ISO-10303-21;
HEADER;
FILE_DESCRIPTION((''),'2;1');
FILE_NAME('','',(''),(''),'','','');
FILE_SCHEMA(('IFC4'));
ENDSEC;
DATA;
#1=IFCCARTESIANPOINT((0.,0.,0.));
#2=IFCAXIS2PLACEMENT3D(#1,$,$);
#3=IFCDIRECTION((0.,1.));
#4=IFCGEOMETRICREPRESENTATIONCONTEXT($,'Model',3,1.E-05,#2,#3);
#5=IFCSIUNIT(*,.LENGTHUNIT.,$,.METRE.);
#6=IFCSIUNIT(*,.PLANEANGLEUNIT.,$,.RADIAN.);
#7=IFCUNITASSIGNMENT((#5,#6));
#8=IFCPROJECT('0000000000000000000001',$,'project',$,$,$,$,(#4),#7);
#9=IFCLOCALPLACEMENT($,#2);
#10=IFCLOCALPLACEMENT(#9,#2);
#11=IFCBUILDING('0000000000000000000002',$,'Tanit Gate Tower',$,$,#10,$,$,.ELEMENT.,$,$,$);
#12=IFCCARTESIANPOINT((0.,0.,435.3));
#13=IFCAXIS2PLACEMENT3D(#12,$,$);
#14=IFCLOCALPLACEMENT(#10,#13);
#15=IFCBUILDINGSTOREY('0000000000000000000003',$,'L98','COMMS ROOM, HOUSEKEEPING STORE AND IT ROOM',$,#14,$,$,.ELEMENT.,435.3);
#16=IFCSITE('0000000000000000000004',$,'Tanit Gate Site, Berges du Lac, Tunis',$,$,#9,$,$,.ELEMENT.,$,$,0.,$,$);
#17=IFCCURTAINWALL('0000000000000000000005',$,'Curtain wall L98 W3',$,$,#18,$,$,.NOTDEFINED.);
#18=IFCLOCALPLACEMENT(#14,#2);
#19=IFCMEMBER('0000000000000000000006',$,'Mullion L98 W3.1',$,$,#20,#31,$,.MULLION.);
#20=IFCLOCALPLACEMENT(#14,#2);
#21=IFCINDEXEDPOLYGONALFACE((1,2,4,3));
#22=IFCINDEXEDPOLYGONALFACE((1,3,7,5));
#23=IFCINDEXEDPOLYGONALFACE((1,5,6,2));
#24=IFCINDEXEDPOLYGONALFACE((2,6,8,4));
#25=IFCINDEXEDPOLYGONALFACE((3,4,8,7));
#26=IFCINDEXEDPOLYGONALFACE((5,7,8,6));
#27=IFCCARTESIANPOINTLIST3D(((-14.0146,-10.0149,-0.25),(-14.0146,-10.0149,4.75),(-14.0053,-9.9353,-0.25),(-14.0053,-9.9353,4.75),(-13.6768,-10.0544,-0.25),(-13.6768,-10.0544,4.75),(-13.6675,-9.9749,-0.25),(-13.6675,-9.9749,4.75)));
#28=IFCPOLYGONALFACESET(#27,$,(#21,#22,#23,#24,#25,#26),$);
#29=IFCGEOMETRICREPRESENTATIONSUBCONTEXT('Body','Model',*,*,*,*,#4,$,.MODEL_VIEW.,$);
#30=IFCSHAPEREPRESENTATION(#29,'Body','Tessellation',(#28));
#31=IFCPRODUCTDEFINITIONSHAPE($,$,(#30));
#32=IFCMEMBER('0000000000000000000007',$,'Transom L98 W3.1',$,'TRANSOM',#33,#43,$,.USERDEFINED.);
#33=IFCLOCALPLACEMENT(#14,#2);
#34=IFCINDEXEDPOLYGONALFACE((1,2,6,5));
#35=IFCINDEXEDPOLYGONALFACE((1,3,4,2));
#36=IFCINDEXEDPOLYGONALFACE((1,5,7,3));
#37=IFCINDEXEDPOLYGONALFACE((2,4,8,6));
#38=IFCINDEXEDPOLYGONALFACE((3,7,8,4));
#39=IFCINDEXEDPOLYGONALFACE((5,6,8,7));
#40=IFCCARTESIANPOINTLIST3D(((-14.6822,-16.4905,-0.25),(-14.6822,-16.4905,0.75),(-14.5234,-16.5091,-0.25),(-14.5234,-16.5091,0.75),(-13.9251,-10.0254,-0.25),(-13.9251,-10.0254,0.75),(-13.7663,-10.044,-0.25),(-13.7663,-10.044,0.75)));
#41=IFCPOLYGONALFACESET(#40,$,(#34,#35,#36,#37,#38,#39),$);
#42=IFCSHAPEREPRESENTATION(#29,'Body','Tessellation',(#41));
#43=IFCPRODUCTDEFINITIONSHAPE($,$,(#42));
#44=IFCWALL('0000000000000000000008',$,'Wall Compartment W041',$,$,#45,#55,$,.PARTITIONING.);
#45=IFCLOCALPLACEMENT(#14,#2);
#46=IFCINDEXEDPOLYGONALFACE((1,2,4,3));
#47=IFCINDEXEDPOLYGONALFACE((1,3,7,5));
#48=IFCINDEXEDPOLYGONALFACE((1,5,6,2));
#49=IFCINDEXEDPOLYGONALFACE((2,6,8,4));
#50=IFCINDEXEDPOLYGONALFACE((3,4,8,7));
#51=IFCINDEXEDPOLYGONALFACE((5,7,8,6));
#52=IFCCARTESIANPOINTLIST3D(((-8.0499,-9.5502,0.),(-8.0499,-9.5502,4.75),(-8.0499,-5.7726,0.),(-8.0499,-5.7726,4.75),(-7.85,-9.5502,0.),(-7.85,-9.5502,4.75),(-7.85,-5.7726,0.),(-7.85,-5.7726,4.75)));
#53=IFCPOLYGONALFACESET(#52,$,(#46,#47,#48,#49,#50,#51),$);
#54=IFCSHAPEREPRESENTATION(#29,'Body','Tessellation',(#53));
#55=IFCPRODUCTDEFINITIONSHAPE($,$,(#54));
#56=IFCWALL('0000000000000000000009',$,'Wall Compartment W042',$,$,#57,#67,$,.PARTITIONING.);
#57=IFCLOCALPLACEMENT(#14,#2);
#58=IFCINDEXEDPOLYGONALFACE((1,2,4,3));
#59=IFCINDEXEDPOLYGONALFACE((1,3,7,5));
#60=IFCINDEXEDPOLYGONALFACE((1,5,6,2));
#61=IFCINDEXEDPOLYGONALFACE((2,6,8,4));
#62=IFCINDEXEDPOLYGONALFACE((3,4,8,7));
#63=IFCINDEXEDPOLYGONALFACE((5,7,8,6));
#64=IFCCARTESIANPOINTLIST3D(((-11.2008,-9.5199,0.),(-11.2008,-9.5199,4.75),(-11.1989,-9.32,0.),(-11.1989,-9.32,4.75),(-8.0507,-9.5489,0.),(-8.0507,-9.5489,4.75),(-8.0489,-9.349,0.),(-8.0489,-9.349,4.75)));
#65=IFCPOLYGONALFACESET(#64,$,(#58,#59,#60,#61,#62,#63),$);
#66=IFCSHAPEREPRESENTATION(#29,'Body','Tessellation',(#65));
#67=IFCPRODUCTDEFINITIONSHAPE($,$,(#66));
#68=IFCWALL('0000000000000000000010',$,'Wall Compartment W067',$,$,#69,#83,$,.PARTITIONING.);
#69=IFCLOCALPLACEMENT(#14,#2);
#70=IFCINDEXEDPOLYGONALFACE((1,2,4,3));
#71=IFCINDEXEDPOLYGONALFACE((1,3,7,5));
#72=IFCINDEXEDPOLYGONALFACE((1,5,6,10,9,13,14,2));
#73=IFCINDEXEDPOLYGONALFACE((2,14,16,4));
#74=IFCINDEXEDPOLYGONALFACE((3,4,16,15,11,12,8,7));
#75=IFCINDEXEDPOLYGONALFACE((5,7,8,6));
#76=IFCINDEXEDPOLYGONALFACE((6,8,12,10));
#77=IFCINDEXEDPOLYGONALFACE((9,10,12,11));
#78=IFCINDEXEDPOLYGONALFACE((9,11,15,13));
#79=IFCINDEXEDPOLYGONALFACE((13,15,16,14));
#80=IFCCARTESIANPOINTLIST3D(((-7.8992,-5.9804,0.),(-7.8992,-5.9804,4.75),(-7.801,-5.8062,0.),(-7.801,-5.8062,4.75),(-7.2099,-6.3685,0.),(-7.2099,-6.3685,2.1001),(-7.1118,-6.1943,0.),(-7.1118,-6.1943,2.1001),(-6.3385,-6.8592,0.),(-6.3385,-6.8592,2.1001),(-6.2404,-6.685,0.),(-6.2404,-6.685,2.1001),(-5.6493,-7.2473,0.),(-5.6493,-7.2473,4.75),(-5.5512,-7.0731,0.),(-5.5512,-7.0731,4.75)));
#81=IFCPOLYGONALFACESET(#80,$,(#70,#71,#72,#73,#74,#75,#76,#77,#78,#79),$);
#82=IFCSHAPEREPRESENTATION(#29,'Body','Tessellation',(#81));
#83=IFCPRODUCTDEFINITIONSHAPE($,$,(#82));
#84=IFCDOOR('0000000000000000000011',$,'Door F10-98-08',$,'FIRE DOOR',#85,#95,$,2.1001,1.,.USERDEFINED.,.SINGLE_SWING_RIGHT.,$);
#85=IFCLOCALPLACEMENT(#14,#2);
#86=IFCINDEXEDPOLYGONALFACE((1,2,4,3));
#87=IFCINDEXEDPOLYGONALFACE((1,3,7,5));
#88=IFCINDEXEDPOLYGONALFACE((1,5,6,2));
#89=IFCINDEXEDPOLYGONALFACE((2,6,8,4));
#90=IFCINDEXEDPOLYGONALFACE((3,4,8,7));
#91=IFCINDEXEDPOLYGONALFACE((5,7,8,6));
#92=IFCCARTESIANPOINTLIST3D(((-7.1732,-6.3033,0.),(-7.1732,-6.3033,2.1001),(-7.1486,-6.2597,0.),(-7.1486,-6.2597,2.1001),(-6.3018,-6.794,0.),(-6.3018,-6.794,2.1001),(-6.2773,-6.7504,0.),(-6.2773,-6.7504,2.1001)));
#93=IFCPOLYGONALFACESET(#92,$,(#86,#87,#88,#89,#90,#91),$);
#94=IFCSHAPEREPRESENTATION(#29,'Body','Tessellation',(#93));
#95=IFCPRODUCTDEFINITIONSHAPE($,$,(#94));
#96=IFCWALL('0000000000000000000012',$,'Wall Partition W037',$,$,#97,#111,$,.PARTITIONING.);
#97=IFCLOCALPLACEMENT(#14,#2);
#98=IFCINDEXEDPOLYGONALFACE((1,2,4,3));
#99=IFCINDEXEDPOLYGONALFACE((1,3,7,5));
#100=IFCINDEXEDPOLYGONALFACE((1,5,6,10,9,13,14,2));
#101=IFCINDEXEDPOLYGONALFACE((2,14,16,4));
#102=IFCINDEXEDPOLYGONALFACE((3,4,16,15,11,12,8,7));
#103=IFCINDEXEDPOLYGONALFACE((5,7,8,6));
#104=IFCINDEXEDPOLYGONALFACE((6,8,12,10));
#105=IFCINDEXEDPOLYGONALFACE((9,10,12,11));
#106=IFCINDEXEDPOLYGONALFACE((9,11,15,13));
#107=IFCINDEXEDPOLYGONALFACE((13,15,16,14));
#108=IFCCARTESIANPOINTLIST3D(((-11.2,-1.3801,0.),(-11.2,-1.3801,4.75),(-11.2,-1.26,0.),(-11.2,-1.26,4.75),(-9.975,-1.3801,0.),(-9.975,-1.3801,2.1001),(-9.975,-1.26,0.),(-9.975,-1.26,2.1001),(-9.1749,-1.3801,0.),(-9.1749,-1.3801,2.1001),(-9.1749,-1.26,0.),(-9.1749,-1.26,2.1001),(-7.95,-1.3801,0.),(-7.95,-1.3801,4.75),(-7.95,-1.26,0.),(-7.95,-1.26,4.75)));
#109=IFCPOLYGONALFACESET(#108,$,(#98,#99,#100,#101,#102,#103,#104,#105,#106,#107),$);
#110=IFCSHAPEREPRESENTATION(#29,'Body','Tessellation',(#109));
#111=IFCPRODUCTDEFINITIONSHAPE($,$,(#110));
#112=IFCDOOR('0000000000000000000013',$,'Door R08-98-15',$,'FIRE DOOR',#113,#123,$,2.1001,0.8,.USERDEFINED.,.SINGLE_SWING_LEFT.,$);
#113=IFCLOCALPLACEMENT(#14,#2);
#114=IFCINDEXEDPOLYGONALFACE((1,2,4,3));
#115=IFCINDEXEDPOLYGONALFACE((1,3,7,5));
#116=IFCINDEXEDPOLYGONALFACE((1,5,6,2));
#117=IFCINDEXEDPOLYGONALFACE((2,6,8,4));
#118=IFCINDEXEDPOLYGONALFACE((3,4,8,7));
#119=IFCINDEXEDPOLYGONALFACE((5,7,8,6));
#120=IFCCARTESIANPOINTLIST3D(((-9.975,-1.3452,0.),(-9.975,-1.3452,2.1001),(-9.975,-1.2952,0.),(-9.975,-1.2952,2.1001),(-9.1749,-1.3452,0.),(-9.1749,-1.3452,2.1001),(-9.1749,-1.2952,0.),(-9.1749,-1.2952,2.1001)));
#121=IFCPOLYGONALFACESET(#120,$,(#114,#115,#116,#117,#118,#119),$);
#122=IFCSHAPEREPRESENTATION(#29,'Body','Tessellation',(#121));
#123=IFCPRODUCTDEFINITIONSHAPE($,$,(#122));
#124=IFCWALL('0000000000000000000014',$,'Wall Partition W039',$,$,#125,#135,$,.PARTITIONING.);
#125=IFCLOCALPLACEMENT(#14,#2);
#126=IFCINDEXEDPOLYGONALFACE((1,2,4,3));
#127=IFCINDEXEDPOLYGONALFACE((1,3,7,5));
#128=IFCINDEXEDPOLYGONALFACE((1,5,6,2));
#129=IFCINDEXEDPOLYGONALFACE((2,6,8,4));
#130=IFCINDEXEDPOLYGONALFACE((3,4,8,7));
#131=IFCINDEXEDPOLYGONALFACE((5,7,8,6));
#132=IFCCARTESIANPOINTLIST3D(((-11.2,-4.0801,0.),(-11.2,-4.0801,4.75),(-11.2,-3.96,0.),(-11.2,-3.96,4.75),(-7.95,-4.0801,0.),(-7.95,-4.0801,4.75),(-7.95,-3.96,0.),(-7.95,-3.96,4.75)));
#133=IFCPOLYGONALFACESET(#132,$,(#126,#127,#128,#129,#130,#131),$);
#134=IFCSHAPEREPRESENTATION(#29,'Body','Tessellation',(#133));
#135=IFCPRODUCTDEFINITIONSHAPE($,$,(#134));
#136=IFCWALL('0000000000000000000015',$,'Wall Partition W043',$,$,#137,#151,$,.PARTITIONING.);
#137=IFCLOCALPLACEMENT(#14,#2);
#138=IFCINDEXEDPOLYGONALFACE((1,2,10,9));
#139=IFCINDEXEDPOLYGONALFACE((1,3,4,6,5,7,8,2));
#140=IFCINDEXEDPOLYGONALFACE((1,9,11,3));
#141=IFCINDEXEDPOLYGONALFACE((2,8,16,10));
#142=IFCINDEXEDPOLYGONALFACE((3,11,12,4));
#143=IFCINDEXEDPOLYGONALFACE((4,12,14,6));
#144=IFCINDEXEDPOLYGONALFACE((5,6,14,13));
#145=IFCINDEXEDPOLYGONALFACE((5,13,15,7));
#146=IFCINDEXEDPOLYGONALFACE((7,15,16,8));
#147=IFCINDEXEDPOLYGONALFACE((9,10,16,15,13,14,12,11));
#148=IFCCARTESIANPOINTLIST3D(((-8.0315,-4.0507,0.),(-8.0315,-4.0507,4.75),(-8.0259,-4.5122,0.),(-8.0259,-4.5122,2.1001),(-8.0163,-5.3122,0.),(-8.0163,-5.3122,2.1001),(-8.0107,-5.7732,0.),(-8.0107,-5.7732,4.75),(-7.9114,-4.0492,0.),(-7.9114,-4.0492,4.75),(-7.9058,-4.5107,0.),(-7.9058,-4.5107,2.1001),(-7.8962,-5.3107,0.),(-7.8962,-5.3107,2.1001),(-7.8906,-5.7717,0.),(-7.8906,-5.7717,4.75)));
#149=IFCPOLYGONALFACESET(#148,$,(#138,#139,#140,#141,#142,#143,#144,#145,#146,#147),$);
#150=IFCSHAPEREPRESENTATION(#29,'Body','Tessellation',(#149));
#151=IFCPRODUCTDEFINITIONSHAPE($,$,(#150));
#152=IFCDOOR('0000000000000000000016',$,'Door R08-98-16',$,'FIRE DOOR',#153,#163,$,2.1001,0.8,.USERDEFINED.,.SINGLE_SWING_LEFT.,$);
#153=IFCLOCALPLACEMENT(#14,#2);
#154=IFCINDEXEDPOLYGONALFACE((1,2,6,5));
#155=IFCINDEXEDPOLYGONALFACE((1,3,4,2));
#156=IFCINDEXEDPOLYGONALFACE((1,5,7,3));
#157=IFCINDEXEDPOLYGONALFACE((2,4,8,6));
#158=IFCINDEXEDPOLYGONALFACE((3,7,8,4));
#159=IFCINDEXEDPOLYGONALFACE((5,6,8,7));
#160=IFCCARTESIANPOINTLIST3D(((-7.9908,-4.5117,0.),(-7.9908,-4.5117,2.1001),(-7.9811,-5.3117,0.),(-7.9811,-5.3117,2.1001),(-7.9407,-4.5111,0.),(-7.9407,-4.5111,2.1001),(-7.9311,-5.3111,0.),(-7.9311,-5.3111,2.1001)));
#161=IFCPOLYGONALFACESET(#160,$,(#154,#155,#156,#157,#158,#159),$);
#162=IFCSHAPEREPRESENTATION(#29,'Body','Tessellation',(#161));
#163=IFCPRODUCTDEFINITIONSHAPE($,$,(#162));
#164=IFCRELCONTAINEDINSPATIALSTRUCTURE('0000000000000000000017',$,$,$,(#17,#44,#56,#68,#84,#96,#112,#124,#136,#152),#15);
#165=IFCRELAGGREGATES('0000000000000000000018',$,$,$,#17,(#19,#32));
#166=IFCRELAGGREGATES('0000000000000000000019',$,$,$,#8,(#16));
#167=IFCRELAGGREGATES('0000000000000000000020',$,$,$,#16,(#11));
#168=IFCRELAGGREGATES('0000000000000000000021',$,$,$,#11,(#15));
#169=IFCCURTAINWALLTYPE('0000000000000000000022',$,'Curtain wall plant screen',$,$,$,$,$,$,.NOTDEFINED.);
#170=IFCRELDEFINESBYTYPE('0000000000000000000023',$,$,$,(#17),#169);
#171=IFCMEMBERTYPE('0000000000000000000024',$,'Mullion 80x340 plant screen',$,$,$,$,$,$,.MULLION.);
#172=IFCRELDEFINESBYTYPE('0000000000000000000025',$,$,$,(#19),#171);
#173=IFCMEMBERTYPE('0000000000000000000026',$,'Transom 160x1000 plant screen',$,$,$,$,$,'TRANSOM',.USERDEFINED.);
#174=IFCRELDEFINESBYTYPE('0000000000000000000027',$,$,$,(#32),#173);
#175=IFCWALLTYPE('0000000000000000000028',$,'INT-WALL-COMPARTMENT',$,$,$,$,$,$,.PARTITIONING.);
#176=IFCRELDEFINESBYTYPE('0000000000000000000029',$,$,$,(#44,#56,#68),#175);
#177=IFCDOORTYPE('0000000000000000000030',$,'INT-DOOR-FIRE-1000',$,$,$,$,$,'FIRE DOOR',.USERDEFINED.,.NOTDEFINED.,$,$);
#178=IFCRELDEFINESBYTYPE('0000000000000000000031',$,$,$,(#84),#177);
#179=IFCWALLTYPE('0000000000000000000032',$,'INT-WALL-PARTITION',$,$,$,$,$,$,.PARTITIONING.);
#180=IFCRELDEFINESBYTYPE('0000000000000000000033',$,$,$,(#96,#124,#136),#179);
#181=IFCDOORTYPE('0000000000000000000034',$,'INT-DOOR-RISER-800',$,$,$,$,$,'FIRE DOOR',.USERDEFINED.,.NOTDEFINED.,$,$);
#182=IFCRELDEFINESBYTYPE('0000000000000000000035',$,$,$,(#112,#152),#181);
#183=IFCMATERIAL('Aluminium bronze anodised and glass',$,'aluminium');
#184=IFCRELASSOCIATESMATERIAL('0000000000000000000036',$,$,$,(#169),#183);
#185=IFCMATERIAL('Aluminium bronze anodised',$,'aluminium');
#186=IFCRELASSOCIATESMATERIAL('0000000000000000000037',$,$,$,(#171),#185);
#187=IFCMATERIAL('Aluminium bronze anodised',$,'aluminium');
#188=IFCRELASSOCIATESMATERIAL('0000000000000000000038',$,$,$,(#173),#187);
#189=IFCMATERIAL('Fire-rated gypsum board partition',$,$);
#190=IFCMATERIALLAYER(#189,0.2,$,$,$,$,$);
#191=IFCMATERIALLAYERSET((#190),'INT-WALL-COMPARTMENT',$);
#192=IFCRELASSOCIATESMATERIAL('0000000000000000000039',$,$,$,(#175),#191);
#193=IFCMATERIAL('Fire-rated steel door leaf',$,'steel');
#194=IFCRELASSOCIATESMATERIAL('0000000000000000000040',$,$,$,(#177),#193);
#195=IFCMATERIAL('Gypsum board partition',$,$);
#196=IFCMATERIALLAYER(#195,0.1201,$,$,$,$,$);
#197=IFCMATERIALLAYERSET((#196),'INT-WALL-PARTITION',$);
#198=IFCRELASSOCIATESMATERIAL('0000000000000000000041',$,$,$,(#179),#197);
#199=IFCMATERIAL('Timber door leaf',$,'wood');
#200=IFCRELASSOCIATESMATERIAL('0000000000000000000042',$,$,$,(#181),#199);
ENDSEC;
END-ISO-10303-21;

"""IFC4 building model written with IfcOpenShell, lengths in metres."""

from ifc_helpers import new_model, si_unit, direction, frame, frame_2d, origin, origin_2d, place, context, subcontext, project, spatial, rectangle, extrude, material, layer, layer_set, material_profile, profile_set, type_object, element, fill, aggregate, save


model = new_model("IFC4")

# Units and contexts
model_context = context("Model", 3, precision=1e-05, world=origin(), true_north=direction((0.0, 1.0)))
body_context = subcontext(model_context, "Body", "Model", "MODEL_VIEW")
ifc_project = project(units=[si_unit("LENGTHUNIT", "METRE"), si_unit("PLANEANGLEUNIT", "RADIAN")], contexts=[model_context])

# Site, building, storey
site_placement = place(None, origin())
site = spatial("IfcSite", under=ifc_project, at=site_placement, Name="Tanit Gate Site, Berges du Lac, Tunis", CompositionType="ELEMENT", RefElevation=0.0)
building_placement = place(site_placement, origin())
building = spatial("IfcBuilding", under=site, at=building_placement, Name="Tanit Gate Tower", CompositionType="ELEMENT")
storey_placement = place(building_placement, frame((0.0, 0.0, 435.3)))
storey = spatial("IfcBuildingStorey", under=building, at=storey_placement, Name="L98", Description="COMMS ROOM, HOUSEKEEPING STORE AND IT ROOM", CompositionType="ELEMENT", Elevation=435.3)

# Curtain wall, members
ifc_material_1 = material(Name="Aluminium bronze anodised and glass", Category="aluminium")
curtain_wall_type = type_object("IfcCurtainWallType", Name="Curtain wall plant screen", PredefinedType="NOTDEFINED", material=ifc_material_1)
curtain_wall_placement = place(storey_placement, origin())
curtain_wall = element("IfcCurtainWall", 1, at=curtain_wall_placement, inside=storey, type_object=curtain_wall_type, Name="Curtain wall L98 W3", PredefinedType="NOTDEFINED")
ifc_material_2 = material(Name="Aluminium bronze anodised", Category="aluminium")
ifc_material_profile_1 = material_profile(ifc_material_2, rectangle(XDim=0.3401, YDim=0.0801, at=origin_2d()), Name="80x340 bronze mullion")
ifc_profile_set_1 = profile_set([ifc_material_profile_1], Name="Aluminium bronze anodised")
member_type_1 = type_object("IfcMemberType", Name="Mullion 80x340 plant screen", PredefinedType="MULLION", material=ifc_profile_set_1)
member_1_placement = place(storey_placement, frame((-13.8411, -9.9949, -0.25), z_axis=(0.0, 0.0, 1.0), x_axis=(0.993212, -0.116318, 0.0)))
member_1 = element("IfcMember", 2, at=member_1_placement, type_object=member_type_1, Name="Mullion L98 W3.1", PredefinedType="MULLION", context=body_context, shape_type="SweptSolid", body=[
    extrude(rectangle(XDim=0.3401, YDim=0.0801, at=origin_2d()), origin(), (0.0, 0.0, 1.0), 5.0),
])
ifc_material_3 = material(Name="Aluminium bronze anodised", Category="aluminium")
ifc_material_profile_2 = material_profile(ifc_material_3, rectangle(XDim=0.1599, YDim=1.0, at=origin_2d()), Name="160x1000 bronze transom")
ifc_profile_set_2 = profile_set([ifc_material_profile_2], Name="Aluminium bronze anodised")
member_type_2 = type_object("IfcMemberType", Name="Transom 160x1000 plant screen", ElementType="TRANSOM", PredefinedType="USERDEFINED", material=ifc_profile_set_2)
member_2_placement = place(storey_placement, frame((-13.8457, -10.0347, 0.25), z_axis=(-0.116308, -0.993213, 0.0), x_axis=(0.993213, -0.116308, 0.0)))
member_2 = element("IfcMember", 3, at=member_2_placement, type_object=member_type_2, Name="Transom L98 W3.1", ObjectType="TRANSOM", PredefinedType="USERDEFINED", context=body_context, shape_type="SweptSolid", body=[
    extrude(rectangle(XDim=0.1599, YDim=1.0, at=origin_2d()), origin(), (0.0, 0.0, 1.0), 6.5093),
])
aggregate(curtain_wall, [member_1, member_2])

# Walls
ifc_material_4 = material(Name="Fire-rated gypsum board partition")
ifc_layer_1 = layer(ifc_material_4, 0.2)
ifc_layer_set_1 = layer_set([ifc_layer_1], Name="INT-WALL-COMPARTMENT")
wall_type_1 = type_object("IfcWallType", Name="INT-WALL-COMPARTMENT", PredefinedType="PARTITIONING", material=ifc_layer_set_1)
wall_1_placement = place(storey_placement, frame((-7.95, -9.55, 0.0), z_axis=(0.0, 0.0, 1.0), x_axis=(0.0, 1.0, 0.0)))
element("IfcWall", 4, at=wall_1_placement, inside=storey, type_object=wall_type_1, Name="Wall Compartment W041", PredefinedType="PARTITIONING", context=body_context, shape_type="SweptSolid", body=[
    extrude(rectangle(XDim=3.7776, YDim=0.2, at=frame_2d((1.8887, 0.0))), origin(), (0.0, 0.0, 1.0), 4.75),
])
wall_2_placement = place(storey_placement, frame((-11.2, -9.4199, 0.0), z_axis=(0.0, 0.0, 1.0), x_axis=(0.999957, -0.009223, 0.0)))
element("IfcWall", 5, at=wall_2_placement, inside=storey, type_object=wall_type_1, Name="Wall Compartment W042", PredefinedType="PARTITIONING", context=body_context, shape_type="SweptSolid", body=[
    extrude(rectangle(XDim=3.1501, YDim=0.2, at=frame_2d((1.5752, 0.0))), origin(), (0.0, 0.0, 1.0), 4.75),
])

# Walls, openings, doors
wall_3_placement = place(storey_placement, frame((-7.8501, -5.8933, 0.0), z_axis=(0.0, 0.0, 1.0), x_axis=(0.871351, -0.490661, 0.0)))
wall_3 = element("IfcWall", 6, at=wall_3_placement, inside=storey, type_object=wall_type_1, Name="Wall Compartment W067", PredefinedType="PARTITIONING", context=body_context, shape_type="SweptSolid", body=[
    extrude(rectangle(XDim=2.582, YDim=0.2, at=frame_2d((1.291, 0.0))), origin(), (0.0, 0.0, 1.0), 4.75),
])
opening_1_placement = place(wall_3_placement, frame((0.791, 0.0, 0.0)))
opening_1 = element("IfcOpeningElement", 7, at=opening_1_placement, cuts=wall_3, PredefinedType="OPENING", context=body_context, shape_type="SweptSolid", body=[
    extrude(rectangle(XDim=1.0, YDim=2.1001, at=frame_2d((0.5, 1.05))), frame((0.0, 0.1099, 0.0), z_axis=(0.0, -1.0, 0.0), x_axis=(1.0, 0.0, 0.0)), (0.0, 0.0, 1.0), 0.22),
])
ifc_material_5 = material(Name="Fire-rated steel door leaf", Category="steel")
door_type_1 = type_object("IfcDoorType", Name="INT-DOOR-FIRE-1000", ElementType="FIRE DOOR", OperationType="NOTDEFINED", PredefinedType="USERDEFINED", material=ifc_material_5)
door_1_placement = place(opening_1_placement, origin())
door_1 = element("IfcDoor", 8, at=door_1_placement, inside=storey, type_object=door_type_1, Name="Door F10-98-08", ObjectType="FIRE DOOR", OperationType="SINGLE_SWING_RIGHT", OverallHeight=2.1001, OverallWidth=1.0, PredefinedType="USERDEFINED", context=body_context, shape_type="SweptSolid", body=[
    extrude(rectangle(XDim=1.0, YDim=2.1001, at=frame_2d((0.5, 1.05))), frame((0.0, 0.0249, 0.0), z_axis=(0.0, -1.0, 0.0), x_axis=(1.0, 0.0, 0.0)), (0.0, 0.0, 1.0), 0.05),
])
fill(opening_1, door_1)
ifc_material_6 = material(Name="Gypsum board partition")
ifc_layer_2 = layer(ifc_material_6, 0.1201)
ifc_layer_set_2 = layer_set([ifc_layer_2], Name="INT-WALL-PARTITION")
wall_type_2 = type_object("IfcWallType", Name="INT-WALL-PARTITION", PredefinedType="PARTITIONING", material=ifc_layer_set_2)
wall_4_placement = place(storey_placement, frame((-11.2, -1.3201, 0.0), z_axis=(0.0, 0.0, 1.0), x_axis=(1.0, 0.0, 0.0)))
wall_4 = element("IfcWall", 9, at=wall_4_placement, inside=storey, type_object=wall_type_2, Name="Wall Partition W037", PredefinedType="PARTITIONING", context=body_context, shape_type="SweptSolid", body=[
    extrude(rectangle(XDim=3.25, YDim=0.1201, at=frame_2d((1.625, 0.0))), origin(), (0.0, 0.0, 1.0), 4.75),
])
opening_2_placement = place(wall_4_placement, frame((1.2251, 0.0, 0.0)))
opening_2 = element("IfcOpeningElement", 10, at=opening_2_placement, cuts=wall_4, PredefinedType="OPENING", context=body_context, shape_type="SweptSolid", body=[
    extrude(rectangle(XDim=0.8, YDim=2.1001, at=frame_2d((0.3999, 1.05))), frame((0.0, 0.0701, 0.0), z_axis=(0.0, -1.0, 0.0), x_axis=(1.0, 0.0, 0.0)), (0.0, 0.0, 1.0), 0.1401),
])
ifc_material_7 = material(Name="Timber door leaf", Category="wood")
door_type_2 = type_object("IfcDoorType", Name="INT-DOOR-RISER-800", ElementType="FIRE DOOR", OperationType="NOTDEFINED", PredefinedType="USERDEFINED", material=ifc_material_7)
door_2_placement = place(opening_2_placement, origin())
door_2 = element("IfcDoor", 11, at=door_2_placement, inside=storey, type_object=door_type_2, Name="Door R08-98-15", ObjectType="FIRE DOOR", OperationType="SINGLE_SWING_LEFT", OverallHeight=2.1001, OverallWidth=0.8, PredefinedType="USERDEFINED", context=body_context, shape_type="SweptSolid", body=[
    extrude(rectangle(XDim=0.8, YDim=2.1001, at=frame_2d((0.3999, 1.05))), frame((0.0, 0.0249, 0.0), z_axis=(0.0, -1.0, 0.0), x_axis=(1.0, 0.0, 0.0)), (0.0, 0.0, 1.0), 0.05),
])
fill(opening_2, door_2)

# Wall
wall_5_placement = place(storey_placement, frame((-7.95, -4.02, 0.0), z_axis=(0.0, 0.0, 1.0), x_axis=(-1.0, 0.0, 0.0)))
element("IfcWall", 12, at=wall_5_placement, inside=storey, type_object=wall_type_2, Name="Wall Partition W039", PredefinedType="PARTITIONING", context=body_context, shape_type="SweptSolid", body=[
    extrude(rectangle(XDim=3.25, YDim=0.1201, at=frame_2d((1.625, 0.0))), origin(), (0.0, 0.0, 1.0), 4.75),
])

# Wall, opening, door
wall_6_placement = place(storey_placement, frame((-7.9507, -5.7725, 0.0), z_axis=(0.0, 0.0, 1.0), x_axis=(-0.012047, 0.999927, 0.0)))
wall_6 = element("IfcWall", 13, at=wall_6_placement, inside=storey, type_object=wall_type_2, Name="Wall Partition W043", PredefinedType="PARTITIONING", context=body_context, shape_type="SweptSolid", body=[
    extrude(rectangle(XDim=1.7227, YDim=0.1201, at=frame_2d((0.8613, 0.0))), origin(), (0.0, 0.0, 1.0), 4.75),
])
opening_3_placement = place(wall_6_placement, frame((0.4612, 0.0, 0.0)))
opening_3 = element("IfcOpeningElement", 14, at=opening_3_placement, cuts=wall_6, PredefinedType="OPENING", context=body_context, shape_type="SweptSolid", body=[
    extrude(rectangle(XDim=0.8, YDim=2.1001, at=frame_2d((0.3999, 1.05))), frame((0.0, 0.0701, 0.0), z_axis=(0.0, -1.0, 0.0), x_axis=(1.0, 0.0, 0.0)), (0.0, 0.0, 1.0), 0.1401),
])
door_3_placement = place(opening_3_placement, origin())
door_3 = element("IfcDoor", 15, at=door_3_placement, inside=storey, type_object=door_type_2, Name="Door R08-98-16", ObjectType="FIRE DOOR", OperationType="SINGLE_SWING_LEFT", OverallHeight=2.1001, OverallWidth=0.8, PredefinedType="USERDEFINED", context=body_context, shape_type="SweptSolid", body=[
    extrude(rectangle(XDim=0.8, YDim=2.1001, at=frame_2d((0.3999, 1.05))), frame((0.0, 0.0249, 0.0), z_axis=(0.0, -1.0, 0.0), x_axis=(1.0, 0.0, 0.0)), (0.0, 0.0, 1.0), 0.05),
])
fill(opening_3, door_3)

save(model, "model.ifc")
